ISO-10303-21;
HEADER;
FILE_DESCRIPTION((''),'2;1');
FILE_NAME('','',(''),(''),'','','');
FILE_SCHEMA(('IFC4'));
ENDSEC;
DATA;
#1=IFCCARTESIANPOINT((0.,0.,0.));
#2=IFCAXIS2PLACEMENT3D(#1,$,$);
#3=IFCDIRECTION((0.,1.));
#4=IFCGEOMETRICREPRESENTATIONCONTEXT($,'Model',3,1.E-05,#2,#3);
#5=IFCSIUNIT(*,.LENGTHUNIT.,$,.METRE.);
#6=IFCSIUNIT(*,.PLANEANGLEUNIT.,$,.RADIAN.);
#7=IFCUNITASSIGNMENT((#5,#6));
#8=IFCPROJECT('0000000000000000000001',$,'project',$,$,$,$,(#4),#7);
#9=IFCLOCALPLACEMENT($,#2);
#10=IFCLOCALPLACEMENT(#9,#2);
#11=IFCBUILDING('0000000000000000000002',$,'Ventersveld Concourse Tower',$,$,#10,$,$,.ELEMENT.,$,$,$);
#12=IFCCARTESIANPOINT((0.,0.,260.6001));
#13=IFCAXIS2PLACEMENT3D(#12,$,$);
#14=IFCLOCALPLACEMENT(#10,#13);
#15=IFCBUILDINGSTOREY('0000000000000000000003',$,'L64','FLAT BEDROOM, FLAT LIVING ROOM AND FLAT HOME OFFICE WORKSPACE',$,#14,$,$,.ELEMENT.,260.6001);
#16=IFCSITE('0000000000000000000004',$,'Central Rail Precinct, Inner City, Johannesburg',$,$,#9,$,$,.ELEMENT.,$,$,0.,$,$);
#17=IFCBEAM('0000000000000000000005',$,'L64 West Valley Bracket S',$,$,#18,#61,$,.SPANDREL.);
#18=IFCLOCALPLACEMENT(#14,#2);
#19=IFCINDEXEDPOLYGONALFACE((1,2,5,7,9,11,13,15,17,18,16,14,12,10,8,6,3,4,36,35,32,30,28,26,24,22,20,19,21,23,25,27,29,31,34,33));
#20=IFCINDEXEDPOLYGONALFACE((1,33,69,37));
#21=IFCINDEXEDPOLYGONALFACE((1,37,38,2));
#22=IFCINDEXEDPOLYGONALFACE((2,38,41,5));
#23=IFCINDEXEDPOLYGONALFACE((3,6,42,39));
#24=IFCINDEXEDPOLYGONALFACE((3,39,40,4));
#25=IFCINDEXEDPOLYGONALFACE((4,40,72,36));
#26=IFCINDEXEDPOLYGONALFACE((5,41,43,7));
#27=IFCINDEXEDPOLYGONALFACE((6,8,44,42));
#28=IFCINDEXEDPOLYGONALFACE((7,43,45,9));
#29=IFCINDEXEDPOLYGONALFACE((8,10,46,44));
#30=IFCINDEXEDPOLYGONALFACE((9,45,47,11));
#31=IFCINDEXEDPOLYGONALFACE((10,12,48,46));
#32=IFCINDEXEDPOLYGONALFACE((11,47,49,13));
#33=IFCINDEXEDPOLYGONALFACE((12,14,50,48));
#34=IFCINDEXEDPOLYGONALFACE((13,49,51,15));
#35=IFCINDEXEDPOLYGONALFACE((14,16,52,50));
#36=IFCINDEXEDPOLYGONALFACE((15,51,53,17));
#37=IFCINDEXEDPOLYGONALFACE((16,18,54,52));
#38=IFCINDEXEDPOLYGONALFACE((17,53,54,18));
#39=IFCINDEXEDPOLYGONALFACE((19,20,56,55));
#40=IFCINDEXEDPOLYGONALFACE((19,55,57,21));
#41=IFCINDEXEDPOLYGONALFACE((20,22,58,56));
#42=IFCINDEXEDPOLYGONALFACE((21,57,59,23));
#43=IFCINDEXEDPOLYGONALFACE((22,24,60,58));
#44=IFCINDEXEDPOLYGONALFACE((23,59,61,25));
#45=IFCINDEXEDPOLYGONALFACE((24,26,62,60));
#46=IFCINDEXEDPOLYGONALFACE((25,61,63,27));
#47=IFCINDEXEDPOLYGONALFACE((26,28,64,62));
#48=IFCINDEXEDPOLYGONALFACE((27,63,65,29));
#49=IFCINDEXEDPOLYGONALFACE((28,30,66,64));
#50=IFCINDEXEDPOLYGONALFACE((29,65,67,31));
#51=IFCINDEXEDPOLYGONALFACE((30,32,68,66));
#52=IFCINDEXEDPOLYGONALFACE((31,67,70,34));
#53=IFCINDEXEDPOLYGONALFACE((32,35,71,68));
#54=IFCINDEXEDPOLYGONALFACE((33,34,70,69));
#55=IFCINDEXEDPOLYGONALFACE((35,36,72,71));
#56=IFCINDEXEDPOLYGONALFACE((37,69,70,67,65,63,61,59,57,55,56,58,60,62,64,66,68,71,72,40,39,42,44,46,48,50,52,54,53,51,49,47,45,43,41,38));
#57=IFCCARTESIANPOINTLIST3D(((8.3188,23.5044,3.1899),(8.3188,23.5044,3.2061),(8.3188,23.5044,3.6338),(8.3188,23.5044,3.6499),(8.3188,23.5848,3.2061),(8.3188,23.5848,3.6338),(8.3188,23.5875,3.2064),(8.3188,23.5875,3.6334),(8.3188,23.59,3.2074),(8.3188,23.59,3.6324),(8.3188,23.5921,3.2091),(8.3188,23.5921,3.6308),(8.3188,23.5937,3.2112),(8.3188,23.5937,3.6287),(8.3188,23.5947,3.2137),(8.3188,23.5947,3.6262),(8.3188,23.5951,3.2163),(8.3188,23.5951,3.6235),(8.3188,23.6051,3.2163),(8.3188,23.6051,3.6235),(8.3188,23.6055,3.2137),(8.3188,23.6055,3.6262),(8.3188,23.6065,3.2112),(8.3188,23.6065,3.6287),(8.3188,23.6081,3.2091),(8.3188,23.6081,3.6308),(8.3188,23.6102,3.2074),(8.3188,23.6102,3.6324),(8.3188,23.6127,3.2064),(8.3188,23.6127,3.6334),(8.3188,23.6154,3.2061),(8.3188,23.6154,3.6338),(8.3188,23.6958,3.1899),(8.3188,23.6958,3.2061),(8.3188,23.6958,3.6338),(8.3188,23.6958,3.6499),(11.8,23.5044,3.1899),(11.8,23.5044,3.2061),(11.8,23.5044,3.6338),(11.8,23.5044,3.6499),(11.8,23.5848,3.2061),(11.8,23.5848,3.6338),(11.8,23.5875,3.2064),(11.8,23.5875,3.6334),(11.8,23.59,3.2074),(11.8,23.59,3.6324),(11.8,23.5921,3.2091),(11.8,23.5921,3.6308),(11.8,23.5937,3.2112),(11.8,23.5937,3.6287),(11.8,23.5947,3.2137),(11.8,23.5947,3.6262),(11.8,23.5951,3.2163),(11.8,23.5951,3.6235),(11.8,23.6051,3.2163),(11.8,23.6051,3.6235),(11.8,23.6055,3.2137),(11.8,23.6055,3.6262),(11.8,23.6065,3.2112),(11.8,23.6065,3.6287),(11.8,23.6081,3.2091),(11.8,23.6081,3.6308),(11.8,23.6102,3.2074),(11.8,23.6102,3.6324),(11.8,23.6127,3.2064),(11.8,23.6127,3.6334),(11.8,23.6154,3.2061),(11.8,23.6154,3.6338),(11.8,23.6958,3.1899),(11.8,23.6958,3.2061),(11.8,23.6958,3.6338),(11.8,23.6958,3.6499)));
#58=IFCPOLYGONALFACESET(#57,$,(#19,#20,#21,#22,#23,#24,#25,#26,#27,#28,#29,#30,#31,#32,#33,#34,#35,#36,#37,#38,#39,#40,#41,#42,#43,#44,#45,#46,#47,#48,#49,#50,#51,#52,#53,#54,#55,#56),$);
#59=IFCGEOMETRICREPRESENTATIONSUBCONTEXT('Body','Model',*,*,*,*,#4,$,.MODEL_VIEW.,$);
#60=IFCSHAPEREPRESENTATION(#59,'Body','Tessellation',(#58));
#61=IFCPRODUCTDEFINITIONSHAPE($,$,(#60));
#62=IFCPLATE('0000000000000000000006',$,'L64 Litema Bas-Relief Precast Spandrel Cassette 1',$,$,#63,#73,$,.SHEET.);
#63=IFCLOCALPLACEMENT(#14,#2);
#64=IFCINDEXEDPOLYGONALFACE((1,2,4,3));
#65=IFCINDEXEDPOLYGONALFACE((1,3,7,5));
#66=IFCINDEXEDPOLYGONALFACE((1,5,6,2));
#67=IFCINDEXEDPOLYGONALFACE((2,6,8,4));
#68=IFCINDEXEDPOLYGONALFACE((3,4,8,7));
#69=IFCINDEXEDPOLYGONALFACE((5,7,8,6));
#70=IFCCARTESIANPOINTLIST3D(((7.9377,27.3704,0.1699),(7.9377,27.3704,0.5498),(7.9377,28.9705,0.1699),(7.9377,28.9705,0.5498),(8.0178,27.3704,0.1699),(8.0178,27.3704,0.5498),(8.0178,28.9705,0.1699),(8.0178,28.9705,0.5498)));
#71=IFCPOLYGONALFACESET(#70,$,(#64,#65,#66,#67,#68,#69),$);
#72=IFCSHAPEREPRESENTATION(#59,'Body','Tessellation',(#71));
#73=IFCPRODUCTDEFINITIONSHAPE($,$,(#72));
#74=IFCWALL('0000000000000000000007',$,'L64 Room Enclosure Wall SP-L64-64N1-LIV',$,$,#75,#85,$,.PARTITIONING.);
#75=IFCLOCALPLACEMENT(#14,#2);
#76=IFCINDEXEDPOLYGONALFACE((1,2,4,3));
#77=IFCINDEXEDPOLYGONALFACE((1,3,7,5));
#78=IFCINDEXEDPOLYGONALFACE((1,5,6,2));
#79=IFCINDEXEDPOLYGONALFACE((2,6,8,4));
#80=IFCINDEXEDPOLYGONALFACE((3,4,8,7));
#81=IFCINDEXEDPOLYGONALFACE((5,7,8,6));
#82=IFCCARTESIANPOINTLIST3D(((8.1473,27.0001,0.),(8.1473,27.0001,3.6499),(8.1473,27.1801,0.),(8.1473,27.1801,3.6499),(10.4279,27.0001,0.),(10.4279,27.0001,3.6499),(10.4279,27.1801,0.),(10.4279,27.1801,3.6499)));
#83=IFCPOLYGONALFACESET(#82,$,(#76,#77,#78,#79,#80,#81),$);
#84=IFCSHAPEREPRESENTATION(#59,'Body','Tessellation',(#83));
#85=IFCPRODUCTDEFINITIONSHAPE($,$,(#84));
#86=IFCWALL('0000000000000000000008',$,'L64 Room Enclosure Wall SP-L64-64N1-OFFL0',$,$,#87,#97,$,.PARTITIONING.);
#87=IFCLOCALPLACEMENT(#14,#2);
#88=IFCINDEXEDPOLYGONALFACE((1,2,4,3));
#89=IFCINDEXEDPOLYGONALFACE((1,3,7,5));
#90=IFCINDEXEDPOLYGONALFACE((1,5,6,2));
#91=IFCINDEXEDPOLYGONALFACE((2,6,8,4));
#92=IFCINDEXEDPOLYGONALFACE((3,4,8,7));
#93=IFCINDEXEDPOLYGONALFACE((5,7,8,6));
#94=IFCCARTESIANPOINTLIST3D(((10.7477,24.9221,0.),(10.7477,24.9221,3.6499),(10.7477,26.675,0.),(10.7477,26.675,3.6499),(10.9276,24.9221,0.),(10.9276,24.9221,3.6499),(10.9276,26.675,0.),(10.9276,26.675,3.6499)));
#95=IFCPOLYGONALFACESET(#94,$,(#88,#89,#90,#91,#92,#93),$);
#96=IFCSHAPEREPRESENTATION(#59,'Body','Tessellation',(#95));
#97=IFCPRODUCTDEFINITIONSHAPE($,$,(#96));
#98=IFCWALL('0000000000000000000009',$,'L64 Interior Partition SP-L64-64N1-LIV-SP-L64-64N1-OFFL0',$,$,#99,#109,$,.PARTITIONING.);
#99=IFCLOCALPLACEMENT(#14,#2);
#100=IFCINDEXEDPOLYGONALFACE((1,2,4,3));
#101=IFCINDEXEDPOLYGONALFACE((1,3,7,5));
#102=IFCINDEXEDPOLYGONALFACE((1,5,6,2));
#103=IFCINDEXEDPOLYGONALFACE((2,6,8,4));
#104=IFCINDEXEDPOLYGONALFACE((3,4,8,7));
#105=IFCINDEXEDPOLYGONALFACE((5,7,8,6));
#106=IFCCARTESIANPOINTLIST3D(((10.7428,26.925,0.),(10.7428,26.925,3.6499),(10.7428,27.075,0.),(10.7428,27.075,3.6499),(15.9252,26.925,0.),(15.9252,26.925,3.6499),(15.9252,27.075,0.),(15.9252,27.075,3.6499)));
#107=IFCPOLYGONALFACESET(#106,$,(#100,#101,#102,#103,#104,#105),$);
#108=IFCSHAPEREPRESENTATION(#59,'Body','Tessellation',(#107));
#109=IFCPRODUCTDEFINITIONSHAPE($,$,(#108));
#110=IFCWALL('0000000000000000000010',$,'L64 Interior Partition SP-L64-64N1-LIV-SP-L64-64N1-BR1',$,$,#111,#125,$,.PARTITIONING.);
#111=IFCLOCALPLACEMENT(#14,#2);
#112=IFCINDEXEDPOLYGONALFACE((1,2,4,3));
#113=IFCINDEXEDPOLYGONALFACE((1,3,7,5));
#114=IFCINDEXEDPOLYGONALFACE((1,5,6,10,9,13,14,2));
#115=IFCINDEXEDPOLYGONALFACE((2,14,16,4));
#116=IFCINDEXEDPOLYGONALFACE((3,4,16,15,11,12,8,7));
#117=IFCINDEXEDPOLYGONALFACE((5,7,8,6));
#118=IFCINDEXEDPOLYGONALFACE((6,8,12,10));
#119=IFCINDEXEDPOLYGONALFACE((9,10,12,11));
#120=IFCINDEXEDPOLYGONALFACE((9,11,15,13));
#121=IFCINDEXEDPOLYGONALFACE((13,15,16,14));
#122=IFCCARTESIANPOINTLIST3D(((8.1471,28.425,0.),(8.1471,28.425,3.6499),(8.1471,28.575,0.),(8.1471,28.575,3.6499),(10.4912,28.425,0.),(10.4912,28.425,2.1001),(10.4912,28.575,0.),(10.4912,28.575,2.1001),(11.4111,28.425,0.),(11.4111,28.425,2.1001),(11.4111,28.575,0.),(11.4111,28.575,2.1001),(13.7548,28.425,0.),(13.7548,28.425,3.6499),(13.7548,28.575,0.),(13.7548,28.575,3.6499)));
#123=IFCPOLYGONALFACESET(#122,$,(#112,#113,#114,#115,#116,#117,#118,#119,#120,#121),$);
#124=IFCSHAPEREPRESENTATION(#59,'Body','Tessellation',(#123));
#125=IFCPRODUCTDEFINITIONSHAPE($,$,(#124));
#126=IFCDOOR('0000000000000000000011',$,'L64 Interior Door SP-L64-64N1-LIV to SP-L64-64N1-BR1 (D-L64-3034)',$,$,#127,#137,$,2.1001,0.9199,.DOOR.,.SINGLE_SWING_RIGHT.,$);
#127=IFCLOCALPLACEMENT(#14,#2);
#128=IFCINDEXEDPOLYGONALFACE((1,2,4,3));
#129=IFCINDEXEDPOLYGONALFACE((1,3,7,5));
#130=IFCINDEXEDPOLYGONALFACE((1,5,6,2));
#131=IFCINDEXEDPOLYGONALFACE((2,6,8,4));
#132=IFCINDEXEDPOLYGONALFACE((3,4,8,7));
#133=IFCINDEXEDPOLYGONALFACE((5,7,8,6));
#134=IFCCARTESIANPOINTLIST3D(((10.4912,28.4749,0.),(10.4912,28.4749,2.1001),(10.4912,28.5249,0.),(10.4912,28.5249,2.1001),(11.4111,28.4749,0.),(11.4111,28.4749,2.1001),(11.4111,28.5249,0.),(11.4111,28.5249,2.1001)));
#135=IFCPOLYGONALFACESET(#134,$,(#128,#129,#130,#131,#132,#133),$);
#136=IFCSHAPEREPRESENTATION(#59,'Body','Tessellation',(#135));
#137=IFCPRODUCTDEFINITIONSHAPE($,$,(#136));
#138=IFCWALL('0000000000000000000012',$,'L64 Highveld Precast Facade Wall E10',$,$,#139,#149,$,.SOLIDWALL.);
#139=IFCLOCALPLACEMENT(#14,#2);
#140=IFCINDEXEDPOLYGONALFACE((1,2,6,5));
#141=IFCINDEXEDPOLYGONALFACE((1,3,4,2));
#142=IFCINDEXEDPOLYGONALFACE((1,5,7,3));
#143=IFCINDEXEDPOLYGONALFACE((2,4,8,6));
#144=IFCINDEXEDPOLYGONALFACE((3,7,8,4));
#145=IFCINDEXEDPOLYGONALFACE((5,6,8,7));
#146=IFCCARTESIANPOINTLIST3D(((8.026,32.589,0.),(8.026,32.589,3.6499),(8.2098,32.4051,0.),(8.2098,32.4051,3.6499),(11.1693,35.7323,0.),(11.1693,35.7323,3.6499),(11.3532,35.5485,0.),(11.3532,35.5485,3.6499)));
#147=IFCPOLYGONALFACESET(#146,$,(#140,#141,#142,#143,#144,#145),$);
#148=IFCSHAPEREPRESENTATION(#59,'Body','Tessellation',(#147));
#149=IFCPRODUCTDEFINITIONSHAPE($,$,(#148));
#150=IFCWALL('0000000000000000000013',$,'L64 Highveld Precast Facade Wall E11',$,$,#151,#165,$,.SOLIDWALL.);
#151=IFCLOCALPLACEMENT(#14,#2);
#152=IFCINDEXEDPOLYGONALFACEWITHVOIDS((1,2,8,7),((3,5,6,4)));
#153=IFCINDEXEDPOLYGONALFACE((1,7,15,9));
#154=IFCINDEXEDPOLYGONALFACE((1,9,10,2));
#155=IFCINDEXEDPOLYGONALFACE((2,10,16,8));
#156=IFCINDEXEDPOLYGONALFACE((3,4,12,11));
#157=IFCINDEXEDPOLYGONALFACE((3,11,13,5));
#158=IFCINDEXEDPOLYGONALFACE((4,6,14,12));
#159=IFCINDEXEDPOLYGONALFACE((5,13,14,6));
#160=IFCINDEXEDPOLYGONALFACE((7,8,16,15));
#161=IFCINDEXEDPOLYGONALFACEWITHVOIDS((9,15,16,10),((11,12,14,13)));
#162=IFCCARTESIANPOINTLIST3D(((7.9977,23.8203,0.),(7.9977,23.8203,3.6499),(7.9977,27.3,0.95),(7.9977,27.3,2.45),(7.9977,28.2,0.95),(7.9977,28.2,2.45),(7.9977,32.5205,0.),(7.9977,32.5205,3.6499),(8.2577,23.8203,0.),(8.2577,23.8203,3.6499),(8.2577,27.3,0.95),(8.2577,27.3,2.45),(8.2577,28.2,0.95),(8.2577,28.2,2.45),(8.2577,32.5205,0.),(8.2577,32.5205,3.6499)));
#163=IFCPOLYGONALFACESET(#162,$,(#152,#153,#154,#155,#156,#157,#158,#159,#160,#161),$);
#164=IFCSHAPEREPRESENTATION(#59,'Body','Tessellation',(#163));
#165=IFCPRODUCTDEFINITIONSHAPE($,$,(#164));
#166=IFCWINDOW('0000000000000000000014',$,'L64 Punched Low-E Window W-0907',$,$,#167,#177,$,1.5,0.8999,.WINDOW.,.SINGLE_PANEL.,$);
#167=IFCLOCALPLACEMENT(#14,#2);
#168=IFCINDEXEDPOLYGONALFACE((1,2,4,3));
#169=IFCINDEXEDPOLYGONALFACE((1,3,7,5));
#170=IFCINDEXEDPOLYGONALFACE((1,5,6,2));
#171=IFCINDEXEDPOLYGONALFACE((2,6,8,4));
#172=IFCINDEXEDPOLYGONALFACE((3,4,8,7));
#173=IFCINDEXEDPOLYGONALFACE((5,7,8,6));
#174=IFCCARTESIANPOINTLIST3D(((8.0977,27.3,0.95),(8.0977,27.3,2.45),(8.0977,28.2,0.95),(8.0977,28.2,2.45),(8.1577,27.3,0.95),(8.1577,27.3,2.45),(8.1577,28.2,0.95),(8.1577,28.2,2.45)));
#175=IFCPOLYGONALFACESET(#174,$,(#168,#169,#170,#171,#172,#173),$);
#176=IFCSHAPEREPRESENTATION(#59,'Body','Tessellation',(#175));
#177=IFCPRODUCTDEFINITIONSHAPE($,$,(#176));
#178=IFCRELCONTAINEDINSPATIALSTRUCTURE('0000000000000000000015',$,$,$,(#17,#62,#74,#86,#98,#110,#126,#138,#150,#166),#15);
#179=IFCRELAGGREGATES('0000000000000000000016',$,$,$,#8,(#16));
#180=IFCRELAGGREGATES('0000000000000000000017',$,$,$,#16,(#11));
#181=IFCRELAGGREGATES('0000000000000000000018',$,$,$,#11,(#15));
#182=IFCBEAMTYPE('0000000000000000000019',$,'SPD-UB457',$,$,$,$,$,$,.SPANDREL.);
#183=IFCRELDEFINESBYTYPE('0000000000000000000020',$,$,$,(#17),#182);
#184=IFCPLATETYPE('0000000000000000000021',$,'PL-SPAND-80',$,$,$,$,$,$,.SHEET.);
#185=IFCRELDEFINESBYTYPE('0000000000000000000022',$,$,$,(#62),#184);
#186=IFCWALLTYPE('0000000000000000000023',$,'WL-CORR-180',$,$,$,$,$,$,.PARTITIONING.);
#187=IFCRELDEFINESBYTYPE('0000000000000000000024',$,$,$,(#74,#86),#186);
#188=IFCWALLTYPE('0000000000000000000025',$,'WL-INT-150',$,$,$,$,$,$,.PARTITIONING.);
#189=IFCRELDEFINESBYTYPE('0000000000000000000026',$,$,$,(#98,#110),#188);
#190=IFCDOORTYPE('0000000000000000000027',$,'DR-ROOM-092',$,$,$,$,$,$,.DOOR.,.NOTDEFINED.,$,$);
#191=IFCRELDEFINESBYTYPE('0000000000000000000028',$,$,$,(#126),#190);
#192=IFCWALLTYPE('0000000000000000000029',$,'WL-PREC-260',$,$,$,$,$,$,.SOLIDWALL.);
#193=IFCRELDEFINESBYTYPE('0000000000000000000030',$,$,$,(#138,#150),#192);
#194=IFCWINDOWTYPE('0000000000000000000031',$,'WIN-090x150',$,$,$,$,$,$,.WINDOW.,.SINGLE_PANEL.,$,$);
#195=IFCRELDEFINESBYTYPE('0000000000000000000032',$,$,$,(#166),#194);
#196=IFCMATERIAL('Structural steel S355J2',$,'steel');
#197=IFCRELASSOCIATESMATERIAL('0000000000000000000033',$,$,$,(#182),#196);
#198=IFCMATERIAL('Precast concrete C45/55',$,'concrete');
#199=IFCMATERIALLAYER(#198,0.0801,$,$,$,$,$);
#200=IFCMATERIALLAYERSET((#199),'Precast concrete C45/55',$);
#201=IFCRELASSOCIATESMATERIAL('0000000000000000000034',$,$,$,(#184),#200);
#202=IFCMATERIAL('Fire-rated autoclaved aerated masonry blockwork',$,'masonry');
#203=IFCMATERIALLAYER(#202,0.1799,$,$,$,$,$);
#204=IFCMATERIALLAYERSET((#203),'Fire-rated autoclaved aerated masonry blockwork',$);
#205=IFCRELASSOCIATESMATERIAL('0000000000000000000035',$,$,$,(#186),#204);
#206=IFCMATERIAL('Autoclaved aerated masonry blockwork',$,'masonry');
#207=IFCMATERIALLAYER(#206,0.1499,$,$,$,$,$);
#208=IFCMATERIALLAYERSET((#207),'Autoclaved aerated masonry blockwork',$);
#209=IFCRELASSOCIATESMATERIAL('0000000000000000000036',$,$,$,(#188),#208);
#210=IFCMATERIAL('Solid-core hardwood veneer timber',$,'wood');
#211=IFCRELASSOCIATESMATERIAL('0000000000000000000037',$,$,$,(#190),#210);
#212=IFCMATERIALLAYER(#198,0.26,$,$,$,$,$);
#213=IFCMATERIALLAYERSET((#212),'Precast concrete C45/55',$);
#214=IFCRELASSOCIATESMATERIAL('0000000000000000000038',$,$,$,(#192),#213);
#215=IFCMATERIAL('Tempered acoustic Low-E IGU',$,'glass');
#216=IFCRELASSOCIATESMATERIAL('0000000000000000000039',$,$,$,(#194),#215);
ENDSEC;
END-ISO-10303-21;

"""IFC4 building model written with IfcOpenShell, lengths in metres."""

from ifc_helpers import new_model, si_unit, direction, frame, frame_2d, origin, origin_2d, place, context, subcontext, project, spatial, rectangle, i_section, extrude, material, layer, layer_set, material_profile, profile_set, type_object, element, fill, save


model = new_model("IFC4")

# Units and contexts
model_context = context("Model", 3, precision=1e-05, world=origin(), true_north=direction((0.0, 1.0)))
body_context = subcontext(model_context, "Body", "Model", "MODEL_VIEW")
ifc_project = project(units=[si_unit("LENGTHUNIT", "METRE"), si_unit("PLANEANGLEUNIT", "RADIAN")], contexts=[model_context])

# Site, building, storey
site_placement = place(None, origin())
site = spatial("IfcSite", under=ifc_project, at=site_placement, Name="Central Rail Precinct, Inner City, Johannesburg", CompositionType="ELEMENT", RefElevation=0.0)
building_placement = place(site_placement, origin())
building = spatial("IfcBuilding", under=site, at=building_placement, Name="Ventersveld Concourse Tower", CompositionType="ELEMENT")
storey_placement = place(building_placement, frame((0.0, 0.0, 260.6001)))
storey = spatial("IfcBuildingStorey", under=building, at=storey_placement, Name="L64", Description="FLAT BEDROOM, FLAT LIVING ROOM AND FLAT HOME OFFICE WORKSPACE", CompositionType="ELEMENT", Elevation=260.6001)

# Beam
ifc_material_1 = material(Name="Structural steel S355J2", Category="steel")
ifc_material_profile_1 = material_profile(ifc_material_1, i_section(OverallWidth=0.1914, OverallDepth=0.46, WebThickness=0.01, FlangeThickness=0.0161, FilletRadius=0.0103, at=origin_2d()), Name="UB 457x191x82")
ifc_profile_set_1 = profile_set([ifc_material_profile_1], Name="Structural steel S355J2")
beam_type_1 = type_object("IfcBeamType", Name="SPD-UB457", PredefinedType="SPANDREL", material=ifc_profile_set_1)
beam_1_placement = place(storey_placement, frame((8.3188, 23.6001, 3.4199), z_axis=(1.0, 0.0, 0.0), x_axis=(0.0, 1.0, 0.0)))
element("IfcBeam", 1, at=beam_1_placement, inside=storey, type_object=beam_type_1, Name="L64 West Valley Bracket S", PredefinedType="SPANDREL", context=body_context, shape_type="SweptSolid", body=[
    extrude(i_section(OverallWidth=0.1914, OverallDepth=0.46, WebThickness=0.01, FlangeThickness=0.0161, FilletRadius=0.0103, at=origin_2d()), origin(), (0.0, 0.0, 1.0), 3.4812),
])

# Plate
ifc_material_2 = material(Name="Precast concrete C45/55", Category="concrete")
ifc_layer_1 = layer(ifc_material_2, 0.0801)
ifc_layer_set_1 = layer_set([ifc_layer_1], Name="Precast concrete C45/55")
plate_type = type_object("IfcPlateType", Name="PL-SPAND-80", PredefinedType="SHEET", material=ifc_layer_set_1)
plate_placement = place(storey_placement, frame((7.9778, 28.1704, 0.1699), z_axis=(0.0, 0.0, 1.0), x_axis=(0.0, -1.0, 0.0)))
element("IfcPlate", 2, at=plate_placement, inside=storey, type_object=plate_type, Name="L64 Litema Bas-Relief Precast Spandrel Cassette 1", PredefinedType="SHEET", context=body_context, shape_type="SweptSolid", body=[
    extrude(rectangle(XDim=1.6001, YDim=0.0801, at=origin_2d()), origin(), (0.0, 0.0, 1.0), 0.3799),
])

# Walls
ifc_material_3 = material(Name="Fire-rated autoclaved aerated masonry blockwork", Category="masonry")
ifc_layer_2 = layer(ifc_material_3, 0.1799)
ifc_layer_set_2 = layer_set([ifc_layer_2], Name="Fire-rated autoclaved aerated masonry blockwork")
wall_type_1 = type_object("IfcWallType", Name="WL-CORR-180", PredefinedType="PARTITIONING", material=ifc_layer_set_2)
wall_1_placement = place(storey_placement, frame((10.4277, 27.0901, 0.0), z_axis=(0.0, 0.0, 1.0), x_axis=(-1.0, 0.0, 0.0)))
element("IfcWall", 3, at=wall_1_placement, inside=storey, type_object=wall_type_1, Name="L64 Room Enclosure Wall SP-L64-64N1-LIV", PredefinedType="PARTITIONING", context=body_context, shape_type="SweptSolid", body=[
    extrude(rectangle(XDim=2.2805, YDim=0.1799, at=frame_2d((1.1401, 0.0))), origin(), (0.0, 0.0, 1.0), 3.6499),
])
wall_2_placement = place(storey_placement, frame((10.8376, 24.9221, 0.0), z_axis=(0.0, 0.0, 1.0), x_axis=(0.0, 1.0, 0.0)))
element("IfcWall", 4, at=wall_2_placement, inside=storey, type_object=wall_type_1, Name="L64 Room Enclosure Wall SP-L64-64N1-OFFL0", PredefinedType="PARTITIONING", context=body_context, shape_type="SweptSolid", body=[
    extrude(rectangle(XDim=1.7529, YDim=0.1799, at=frame_2d((0.8765, 0.0))), origin(), (0.0, 0.0, 1.0), 3.6499),
])
ifc_material_4 = material(Name="Autoclaved aerated masonry blockwork", Category="masonry")
ifc_layer_3 = layer(ifc_material_4, 0.1499)
ifc_layer_set_3 = layer_set([ifc_layer_3], Name="Autoclaved aerated masonry blockwork")
wall_type_2 = type_object("IfcWallType", Name="WL-INT-150", PredefinedType="PARTITIONING", material=ifc_layer_set_3)
wall_3_placement = place(storey_placement, frame((10.7427, 27.0, 0.0), z_axis=(0.0, 0.0, 1.0), x_axis=(1.0, 0.0, 0.0)))
element("IfcWall", 5, at=wall_3_placement, inside=storey, type_object=wall_type_2, Name="L64 Interior Partition SP-L64-64N1-LIV-SP-L64-64N1-OFFL0", PredefinedType="PARTITIONING", context=body_context, shape_type="SweptSolid", body=[
    extrude(rectangle(XDim=5.1824, YDim=0.1499, at=frame_2d((2.5913, 0.0))), origin(), (0.0, 0.0, 1.0), 3.6499),
])

# Wall, opening, door
wall_4_placement = place(storey_placement, frame((8.1472, 28.5, 0.0), z_axis=(0.0, 0.0, 1.0), x_axis=(1.0, 0.0, 0.0)))
wall_4 = element("IfcWall", 6, at=wall_4_placement, inside=storey, type_object=wall_type_2, Name="L64 Interior Partition SP-L64-64N1-LIV-SP-L64-64N1-BR1", PredefinedType="PARTITIONING", context=body_context, shape_type="SweptSolid", body=[
    extrude(rectangle(XDim=5.6077, YDim=0.1499, at=frame_2d((2.8037, 0.0))), origin(), (0.0, 0.0, 1.0), 3.6499),
])
opening_1_placement = place(wall_4_placement, frame((2.344, 0.0, 0.0)))
opening_1 = element("IfcOpeningElement", 7, at=opening_1_placement, cuts=wall_4, PredefinedType="OPENING", context=body_context, shape_type="SweptSolid", body=[
    extrude(rectangle(XDim=0.9199, YDim=2.1001, at=frame_2d((0.46, 1.05))), frame((0.0, 0.085, 0.0), z_axis=(0.0, -1.0, 0.0), x_axis=(1.0, 0.0, 0.0)), (0.0, 0.0, 1.0), 0.1699),
])
ifc_material_5 = material(Name="Solid-core hardwood veneer timber", Category="wood")
door_type_1 = type_object("IfcDoorType", Name="DR-ROOM-092", OperationType="NOTDEFINED", PredefinedType="DOOR", material=ifc_material_5)
door_1_placement = place(opening_1_placement, origin())
door_1 = element("IfcDoor", 8, at=door_1_placement, inside=storey, type_object=door_type_1, Name="L64 Interior Door SP-L64-64N1-LIV to SP-L64-64N1-BR1 (D-L64-3034)", OperationType="SINGLE_SWING_RIGHT", OverallHeight=2.1001, OverallWidth=0.9199, PredefinedType="DOOR", context=body_context, shape_type="SweptSolid", body=[
    extrude(rectangle(XDim=0.9199, YDim=2.1001, at=frame_2d((0.46, 1.05))), frame((0.0, 0.0249, 0.0), z_axis=(0.0, -1.0, 0.0), x_axis=(1.0, 0.0, 0.0)), (0.0, 0.0, 1.0), 0.05),
])
fill(opening_1, door_1)

# Wall
ifc_layer_4 = layer(ifc_material_2, 0.26)
ifc_layer_set_4 = layer_set([ifc_layer_4], Name="Precast concrete C45/55")
wall_type_3 = type_object("IfcWallType", Name="WL-PREC-260", PredefinedType="SOLIDWALL", material=ifc_layer_set_4)
wall_5_placement = place(storey_placement, frame((11.2612, 35.6404, 0.0), z_axis=(0.0, 0.0, 1.0), x_axis=(-0.707107, -0.707107, 0.0)))
element("IfcWall", 9, at=wall_5_placement, inside=storey, type_object=wall_type_3, Name="L64 Highveld Precast Facade Wall E10", PredefinedType="SOLIDWALL", context=body_context, shape_type="SweptSolid", body=[
    extrude(rectangle(XDim=4.4453, YDim=0.26, at=frame_2d((2.2227, 0.0))), origin(), (0.0, 0.0, 1.0), 3.6499),
])

# Wall, opening, window
wall_6_placement = place(storey_placement, frame((8.1277, 32.5205, 0.0), z_axis=(0.0, 0.0, 1.0), x_axis=(0.0, -1.0, 0.0)))
wall_6 = element("IfcWall", 10, at=wall_6_placement, inside=storey, type_object=wall_type_3, Name="L64 Highveld Precast Facade Wall E11", PredefinedType="SOLIDWALL", context=body_context, shape_type="SweptSolid", body=[
    extrude(rectangle(XDim=8.7002, YDim=0.26, at=frame_2d((4.3501, 0.0))), origin(), (0.0, 0.0, 1.0), 3.6499),
])
opening_2_placement = place(wall_6_placement, frame((4.3206, 0.0, 0.95)))
opening_2 = element("IfcOpeningElement", 11, at=opening_2_placement, cuts=wall_6, PredefinedType="OPENING", context=body_context, shape_type="SweptSolid", body=[
    extrude(rectangle(XDim=0.8999, YDim=1.5, at=frame_2d((0.45, 0.75))), frame((0.0, 0.1401, 0.0), z_axis=(0.0, -1.0, 0.0), x_axis=(1.0, 0.0, 0.0)), (0.0, 0.0, 1.0), 0.28),
])
ifc_material_6 = material(Name="Tempered acoustic Low-E IGU", Category="glass")
window_type = type_object("IfcWindowType", Name="WIN-090x150", PartitioningType="SINGLE_PANEL", PredefinedType="WINDOW", material=ifc_material_6)
window_placement = place(opening_2_placement, origin())
window = element("IfcWindow", 12, at=window_placement, inside=storey, type_object=window_type, Name="L64 Punched Low-E Window W-0907", OverallHeight=1.5, OverallWidth=0.8999, PartitioningType="SINGLE_PANEL", PredefinedType="WINDOW", context=body_context, shape_type="SweptSolid", body=[
    extrude(rectangle(XDim=0.8999, YDim=1.5, at=frame_2d((0.45, 0.75))), frame((0.0, 0.03, 0.0), z_axis=(0.0, -1.0, 0.0), x_axis=(1.0, 0.0, 0.0)), (0.0, 0.0, 1.0), 0.0601),
])
fill(opening_2, window)

save(model, "model.ifc")
